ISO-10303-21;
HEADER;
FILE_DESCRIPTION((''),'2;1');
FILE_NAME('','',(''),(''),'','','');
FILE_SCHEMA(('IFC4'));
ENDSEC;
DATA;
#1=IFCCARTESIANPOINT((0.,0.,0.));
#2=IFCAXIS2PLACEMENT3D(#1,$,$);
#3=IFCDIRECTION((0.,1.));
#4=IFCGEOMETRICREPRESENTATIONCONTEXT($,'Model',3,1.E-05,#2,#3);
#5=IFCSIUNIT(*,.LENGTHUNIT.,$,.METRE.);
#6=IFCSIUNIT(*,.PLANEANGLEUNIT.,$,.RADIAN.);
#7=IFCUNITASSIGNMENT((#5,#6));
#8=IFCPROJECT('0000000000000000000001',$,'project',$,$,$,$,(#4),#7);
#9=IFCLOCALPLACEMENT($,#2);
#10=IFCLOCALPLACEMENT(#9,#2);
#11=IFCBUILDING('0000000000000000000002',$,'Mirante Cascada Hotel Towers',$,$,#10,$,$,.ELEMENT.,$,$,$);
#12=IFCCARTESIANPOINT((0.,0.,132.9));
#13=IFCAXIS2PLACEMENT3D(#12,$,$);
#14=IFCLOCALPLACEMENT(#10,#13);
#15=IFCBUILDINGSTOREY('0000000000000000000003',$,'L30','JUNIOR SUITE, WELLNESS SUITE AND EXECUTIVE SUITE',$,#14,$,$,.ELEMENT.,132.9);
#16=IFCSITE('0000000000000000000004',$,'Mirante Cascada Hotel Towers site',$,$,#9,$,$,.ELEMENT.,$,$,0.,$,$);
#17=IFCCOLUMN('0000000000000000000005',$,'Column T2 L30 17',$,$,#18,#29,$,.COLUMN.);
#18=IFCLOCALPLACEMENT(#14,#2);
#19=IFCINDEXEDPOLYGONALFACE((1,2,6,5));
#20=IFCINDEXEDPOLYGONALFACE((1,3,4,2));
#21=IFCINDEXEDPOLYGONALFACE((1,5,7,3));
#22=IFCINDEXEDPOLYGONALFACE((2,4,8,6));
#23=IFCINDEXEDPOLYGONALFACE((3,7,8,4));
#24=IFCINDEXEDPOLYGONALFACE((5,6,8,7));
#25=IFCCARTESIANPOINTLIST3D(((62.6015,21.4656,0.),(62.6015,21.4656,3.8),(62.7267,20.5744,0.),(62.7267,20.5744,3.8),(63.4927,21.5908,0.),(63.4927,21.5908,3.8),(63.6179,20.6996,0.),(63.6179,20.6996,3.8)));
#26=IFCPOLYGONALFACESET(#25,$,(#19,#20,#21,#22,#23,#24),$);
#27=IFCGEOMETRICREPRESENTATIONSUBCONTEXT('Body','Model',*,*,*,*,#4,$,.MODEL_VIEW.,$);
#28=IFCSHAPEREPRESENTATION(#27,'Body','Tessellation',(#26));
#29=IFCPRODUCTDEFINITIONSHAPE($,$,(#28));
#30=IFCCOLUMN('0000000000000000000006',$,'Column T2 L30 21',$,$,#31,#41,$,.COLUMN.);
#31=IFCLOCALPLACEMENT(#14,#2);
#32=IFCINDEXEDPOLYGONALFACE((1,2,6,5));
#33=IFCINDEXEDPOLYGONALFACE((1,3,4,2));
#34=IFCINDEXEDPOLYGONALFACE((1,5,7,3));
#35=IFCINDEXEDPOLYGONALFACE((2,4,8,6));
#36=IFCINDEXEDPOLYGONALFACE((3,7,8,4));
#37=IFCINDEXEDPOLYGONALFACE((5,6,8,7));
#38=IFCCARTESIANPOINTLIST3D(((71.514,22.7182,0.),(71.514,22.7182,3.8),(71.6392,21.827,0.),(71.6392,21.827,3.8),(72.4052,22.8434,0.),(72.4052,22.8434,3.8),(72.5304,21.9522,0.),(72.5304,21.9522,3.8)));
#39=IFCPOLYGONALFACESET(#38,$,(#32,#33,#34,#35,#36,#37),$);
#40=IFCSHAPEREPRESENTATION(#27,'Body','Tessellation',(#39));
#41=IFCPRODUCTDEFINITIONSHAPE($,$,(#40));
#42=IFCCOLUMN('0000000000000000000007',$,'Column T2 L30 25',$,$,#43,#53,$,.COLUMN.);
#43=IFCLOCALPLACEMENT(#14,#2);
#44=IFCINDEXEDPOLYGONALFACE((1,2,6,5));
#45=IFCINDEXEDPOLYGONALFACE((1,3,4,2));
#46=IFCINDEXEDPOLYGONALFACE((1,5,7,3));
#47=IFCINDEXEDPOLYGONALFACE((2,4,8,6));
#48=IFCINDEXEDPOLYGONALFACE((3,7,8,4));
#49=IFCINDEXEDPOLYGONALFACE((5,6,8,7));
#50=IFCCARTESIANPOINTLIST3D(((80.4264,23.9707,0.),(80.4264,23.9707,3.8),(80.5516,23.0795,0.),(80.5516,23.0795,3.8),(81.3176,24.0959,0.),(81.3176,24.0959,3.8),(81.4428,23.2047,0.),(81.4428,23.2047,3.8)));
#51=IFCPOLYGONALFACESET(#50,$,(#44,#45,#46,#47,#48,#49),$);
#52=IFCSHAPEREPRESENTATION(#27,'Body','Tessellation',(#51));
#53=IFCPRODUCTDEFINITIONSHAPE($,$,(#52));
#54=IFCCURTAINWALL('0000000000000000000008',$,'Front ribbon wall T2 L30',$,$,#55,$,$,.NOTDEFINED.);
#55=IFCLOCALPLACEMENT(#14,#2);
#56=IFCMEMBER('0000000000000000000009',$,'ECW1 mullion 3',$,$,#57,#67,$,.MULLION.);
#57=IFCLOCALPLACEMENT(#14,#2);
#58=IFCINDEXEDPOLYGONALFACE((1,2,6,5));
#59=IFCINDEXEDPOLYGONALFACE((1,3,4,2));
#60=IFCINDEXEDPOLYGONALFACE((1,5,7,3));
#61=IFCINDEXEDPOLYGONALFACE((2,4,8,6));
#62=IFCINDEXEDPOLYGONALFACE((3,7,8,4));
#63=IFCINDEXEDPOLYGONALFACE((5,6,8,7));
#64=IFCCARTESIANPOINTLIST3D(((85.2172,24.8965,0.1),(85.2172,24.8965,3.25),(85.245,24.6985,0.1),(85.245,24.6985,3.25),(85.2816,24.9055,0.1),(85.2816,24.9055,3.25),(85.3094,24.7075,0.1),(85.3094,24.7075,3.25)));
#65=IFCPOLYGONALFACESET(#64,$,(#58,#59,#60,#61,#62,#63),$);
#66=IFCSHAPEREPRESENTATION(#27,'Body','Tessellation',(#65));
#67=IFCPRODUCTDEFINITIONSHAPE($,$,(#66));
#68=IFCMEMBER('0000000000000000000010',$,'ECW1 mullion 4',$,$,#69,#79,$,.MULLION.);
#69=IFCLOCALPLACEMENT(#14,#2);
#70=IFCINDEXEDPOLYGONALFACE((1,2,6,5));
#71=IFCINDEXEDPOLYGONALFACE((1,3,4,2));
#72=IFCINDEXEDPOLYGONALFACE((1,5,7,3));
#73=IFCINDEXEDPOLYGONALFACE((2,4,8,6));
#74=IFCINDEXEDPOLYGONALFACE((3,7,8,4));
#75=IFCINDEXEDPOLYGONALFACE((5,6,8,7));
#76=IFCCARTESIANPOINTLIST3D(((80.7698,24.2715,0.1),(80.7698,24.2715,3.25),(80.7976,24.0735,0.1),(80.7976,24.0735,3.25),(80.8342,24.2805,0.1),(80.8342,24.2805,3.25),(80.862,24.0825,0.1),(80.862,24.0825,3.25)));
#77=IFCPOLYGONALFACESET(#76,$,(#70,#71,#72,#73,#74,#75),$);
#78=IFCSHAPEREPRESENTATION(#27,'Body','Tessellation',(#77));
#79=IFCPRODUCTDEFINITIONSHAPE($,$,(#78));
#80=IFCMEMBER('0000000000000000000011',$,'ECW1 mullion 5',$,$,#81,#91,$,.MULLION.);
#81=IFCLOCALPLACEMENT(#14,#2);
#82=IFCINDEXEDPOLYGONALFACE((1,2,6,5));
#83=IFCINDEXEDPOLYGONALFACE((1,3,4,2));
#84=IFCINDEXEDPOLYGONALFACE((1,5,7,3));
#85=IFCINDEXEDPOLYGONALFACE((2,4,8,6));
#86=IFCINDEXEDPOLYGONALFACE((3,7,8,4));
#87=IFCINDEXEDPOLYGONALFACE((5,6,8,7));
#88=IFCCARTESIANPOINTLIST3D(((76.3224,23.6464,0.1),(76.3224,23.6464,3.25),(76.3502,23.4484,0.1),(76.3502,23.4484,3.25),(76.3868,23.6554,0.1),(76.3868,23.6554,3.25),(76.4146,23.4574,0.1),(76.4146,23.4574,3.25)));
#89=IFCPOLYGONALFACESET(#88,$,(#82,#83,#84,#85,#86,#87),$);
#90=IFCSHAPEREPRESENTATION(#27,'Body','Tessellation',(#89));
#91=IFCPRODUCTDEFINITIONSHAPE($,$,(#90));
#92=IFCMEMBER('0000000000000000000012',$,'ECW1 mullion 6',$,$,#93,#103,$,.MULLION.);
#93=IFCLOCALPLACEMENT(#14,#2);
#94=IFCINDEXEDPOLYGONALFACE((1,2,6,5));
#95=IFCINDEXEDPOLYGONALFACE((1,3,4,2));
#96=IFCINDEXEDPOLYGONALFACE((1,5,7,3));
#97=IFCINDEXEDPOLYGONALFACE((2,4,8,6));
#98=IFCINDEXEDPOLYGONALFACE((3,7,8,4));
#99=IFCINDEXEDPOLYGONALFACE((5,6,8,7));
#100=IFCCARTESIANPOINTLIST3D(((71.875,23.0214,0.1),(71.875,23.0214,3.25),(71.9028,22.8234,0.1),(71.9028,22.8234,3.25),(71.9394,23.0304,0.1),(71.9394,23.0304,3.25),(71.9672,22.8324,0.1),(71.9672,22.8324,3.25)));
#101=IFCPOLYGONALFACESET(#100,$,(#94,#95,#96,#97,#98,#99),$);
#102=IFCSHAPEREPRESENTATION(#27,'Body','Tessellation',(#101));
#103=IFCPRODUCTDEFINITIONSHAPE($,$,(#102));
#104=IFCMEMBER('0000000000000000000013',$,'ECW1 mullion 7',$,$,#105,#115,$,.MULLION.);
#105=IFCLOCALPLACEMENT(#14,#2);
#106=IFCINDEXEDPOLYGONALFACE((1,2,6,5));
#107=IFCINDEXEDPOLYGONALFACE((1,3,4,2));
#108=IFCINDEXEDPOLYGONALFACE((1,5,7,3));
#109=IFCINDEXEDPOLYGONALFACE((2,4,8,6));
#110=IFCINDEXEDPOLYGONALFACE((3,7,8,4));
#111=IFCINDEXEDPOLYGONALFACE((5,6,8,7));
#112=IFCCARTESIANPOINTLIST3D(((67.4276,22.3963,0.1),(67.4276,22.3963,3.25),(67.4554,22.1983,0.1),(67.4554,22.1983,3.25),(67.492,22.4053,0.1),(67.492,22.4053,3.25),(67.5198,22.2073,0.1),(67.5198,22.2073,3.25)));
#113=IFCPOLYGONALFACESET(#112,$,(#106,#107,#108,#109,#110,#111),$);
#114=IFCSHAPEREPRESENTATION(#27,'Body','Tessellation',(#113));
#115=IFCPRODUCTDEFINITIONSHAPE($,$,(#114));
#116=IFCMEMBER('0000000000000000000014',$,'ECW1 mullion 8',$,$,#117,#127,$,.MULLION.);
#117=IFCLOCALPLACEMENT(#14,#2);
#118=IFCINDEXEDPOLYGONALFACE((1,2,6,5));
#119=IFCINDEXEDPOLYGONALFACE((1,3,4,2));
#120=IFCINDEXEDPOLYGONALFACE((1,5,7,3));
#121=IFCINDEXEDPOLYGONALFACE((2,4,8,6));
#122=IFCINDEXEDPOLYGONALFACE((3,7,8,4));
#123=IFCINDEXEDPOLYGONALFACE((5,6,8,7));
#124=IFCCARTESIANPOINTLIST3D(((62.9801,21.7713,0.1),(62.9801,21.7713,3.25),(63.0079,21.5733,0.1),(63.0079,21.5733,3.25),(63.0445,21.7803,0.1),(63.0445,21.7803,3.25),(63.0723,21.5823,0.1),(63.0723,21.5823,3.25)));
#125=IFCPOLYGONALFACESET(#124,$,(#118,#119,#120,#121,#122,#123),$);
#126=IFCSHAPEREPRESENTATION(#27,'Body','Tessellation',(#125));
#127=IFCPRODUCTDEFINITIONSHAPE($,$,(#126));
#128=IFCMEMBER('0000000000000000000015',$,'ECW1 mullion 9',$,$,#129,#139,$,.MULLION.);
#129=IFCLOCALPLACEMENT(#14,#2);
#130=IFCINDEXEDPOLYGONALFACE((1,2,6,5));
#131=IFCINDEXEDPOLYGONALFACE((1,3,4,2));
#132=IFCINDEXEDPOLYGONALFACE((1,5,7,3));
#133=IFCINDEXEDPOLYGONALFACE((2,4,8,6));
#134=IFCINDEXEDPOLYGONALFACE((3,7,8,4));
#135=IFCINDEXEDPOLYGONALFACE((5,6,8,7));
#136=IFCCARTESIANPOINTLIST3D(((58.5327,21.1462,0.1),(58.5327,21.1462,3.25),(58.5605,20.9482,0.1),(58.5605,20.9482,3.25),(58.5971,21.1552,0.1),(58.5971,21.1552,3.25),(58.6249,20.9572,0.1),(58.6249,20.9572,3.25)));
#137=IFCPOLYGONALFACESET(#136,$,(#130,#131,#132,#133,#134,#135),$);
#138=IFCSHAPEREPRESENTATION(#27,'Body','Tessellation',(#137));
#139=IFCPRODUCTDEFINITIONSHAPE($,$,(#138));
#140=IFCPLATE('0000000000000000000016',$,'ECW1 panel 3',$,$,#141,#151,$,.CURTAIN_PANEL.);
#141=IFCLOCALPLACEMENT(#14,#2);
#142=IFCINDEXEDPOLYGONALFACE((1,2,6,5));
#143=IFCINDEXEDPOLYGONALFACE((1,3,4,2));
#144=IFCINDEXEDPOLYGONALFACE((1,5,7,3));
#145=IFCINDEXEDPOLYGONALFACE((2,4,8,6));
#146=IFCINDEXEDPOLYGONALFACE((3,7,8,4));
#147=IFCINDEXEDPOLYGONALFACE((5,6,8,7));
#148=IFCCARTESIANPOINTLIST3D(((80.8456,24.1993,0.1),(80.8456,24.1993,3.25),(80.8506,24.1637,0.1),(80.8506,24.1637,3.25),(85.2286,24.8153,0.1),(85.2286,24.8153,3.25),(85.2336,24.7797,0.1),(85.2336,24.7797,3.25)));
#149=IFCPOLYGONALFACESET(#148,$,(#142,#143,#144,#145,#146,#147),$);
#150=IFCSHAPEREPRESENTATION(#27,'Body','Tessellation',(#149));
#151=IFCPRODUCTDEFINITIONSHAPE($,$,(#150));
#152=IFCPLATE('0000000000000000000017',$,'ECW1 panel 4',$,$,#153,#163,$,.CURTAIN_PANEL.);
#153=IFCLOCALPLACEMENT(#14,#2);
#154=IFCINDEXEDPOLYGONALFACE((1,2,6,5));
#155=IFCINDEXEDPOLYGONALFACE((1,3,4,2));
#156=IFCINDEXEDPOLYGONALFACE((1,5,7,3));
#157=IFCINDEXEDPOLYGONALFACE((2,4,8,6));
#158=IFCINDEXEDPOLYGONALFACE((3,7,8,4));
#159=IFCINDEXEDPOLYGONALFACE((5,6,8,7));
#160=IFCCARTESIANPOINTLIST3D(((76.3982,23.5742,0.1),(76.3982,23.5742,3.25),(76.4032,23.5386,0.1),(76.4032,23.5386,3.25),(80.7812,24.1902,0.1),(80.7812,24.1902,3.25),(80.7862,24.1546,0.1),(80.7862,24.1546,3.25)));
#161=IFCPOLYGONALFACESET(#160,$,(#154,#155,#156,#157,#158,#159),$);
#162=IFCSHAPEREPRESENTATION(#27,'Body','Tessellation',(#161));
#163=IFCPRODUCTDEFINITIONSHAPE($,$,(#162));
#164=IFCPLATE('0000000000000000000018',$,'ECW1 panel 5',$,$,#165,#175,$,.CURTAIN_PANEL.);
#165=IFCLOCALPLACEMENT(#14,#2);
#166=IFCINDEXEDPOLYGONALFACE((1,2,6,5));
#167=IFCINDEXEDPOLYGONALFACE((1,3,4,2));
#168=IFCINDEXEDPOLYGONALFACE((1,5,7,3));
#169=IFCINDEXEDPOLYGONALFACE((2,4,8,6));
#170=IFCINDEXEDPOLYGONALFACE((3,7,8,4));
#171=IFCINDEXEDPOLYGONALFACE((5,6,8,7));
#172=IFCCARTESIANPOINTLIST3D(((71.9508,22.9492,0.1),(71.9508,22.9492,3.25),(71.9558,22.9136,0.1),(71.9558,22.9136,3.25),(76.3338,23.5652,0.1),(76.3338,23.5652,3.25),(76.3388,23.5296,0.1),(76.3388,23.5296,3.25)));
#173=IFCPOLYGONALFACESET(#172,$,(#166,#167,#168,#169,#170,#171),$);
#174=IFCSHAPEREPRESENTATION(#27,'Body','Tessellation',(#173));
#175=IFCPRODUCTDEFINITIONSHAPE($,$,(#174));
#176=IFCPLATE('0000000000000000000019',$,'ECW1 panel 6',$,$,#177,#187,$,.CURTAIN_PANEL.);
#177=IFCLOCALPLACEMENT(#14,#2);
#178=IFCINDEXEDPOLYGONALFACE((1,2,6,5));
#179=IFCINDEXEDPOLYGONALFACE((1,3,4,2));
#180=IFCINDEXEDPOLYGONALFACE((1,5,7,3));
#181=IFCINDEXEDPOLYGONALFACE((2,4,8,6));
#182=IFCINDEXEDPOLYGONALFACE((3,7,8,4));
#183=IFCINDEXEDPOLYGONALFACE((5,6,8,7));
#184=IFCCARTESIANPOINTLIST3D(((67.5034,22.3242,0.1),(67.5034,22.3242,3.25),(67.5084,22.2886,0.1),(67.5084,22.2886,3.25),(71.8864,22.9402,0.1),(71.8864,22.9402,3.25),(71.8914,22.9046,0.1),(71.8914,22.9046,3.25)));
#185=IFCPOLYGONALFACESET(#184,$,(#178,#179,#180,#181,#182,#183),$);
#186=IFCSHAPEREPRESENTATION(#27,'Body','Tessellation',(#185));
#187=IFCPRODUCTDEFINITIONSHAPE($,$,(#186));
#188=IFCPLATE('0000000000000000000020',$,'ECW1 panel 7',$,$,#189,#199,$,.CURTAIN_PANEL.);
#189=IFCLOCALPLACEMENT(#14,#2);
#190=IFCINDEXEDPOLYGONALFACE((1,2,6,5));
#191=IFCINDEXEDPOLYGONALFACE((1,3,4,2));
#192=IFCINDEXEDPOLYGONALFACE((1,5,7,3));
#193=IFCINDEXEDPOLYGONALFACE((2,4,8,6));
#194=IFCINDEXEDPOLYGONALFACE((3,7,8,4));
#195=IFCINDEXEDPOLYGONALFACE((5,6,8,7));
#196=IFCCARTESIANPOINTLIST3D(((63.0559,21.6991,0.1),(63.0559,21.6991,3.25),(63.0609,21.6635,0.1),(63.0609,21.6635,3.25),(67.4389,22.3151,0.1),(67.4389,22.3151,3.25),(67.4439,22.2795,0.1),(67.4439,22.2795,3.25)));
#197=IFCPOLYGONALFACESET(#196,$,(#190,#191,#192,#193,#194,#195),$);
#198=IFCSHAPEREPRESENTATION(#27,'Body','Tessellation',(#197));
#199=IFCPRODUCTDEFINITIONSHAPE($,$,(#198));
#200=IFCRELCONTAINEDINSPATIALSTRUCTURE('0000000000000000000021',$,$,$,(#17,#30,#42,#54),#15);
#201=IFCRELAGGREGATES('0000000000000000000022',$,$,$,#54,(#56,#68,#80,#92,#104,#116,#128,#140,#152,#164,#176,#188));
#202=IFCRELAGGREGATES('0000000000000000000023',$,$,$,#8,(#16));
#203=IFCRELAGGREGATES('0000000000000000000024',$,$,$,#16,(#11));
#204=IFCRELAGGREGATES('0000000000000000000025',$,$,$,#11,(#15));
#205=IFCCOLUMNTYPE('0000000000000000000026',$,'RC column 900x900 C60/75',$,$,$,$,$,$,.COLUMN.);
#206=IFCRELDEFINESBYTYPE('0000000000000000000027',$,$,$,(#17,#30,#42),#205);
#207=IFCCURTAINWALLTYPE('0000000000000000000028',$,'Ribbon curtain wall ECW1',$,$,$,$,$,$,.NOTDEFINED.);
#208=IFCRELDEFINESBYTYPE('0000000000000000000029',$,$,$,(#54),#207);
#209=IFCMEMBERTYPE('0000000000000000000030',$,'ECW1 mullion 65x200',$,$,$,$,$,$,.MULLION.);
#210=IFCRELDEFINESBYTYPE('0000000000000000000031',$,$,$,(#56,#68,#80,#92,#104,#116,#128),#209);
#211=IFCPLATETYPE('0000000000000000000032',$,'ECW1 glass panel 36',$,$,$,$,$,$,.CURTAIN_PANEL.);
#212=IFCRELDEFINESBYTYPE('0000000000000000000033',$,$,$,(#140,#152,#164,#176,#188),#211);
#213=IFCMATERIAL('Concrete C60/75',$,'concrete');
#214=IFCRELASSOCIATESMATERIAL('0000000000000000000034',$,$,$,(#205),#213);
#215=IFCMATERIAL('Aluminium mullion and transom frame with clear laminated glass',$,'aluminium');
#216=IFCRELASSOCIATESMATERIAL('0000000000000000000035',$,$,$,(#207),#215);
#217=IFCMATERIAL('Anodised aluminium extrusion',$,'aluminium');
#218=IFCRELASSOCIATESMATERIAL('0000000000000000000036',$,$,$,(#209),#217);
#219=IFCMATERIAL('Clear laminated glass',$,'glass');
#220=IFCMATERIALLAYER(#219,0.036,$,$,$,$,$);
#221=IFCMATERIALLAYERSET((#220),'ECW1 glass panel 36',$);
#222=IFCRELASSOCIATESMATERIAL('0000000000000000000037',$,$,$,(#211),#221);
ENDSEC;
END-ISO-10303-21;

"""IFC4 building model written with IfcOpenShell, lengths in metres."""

from ifc_helpers import new_model, si_unit, direction, frame, origin, origin_2d, place, context, subcontext, project, spatial, rectangle, extrude, material, layer, layer_set, material_profile, profile_set, type_object, element, aggregate, save


model = new_model("IFC4")

# Units and contexts
model_context = context("Model", 3, precision=1e-05, world=origin(), true_north=direction((0.0, 1.0)))
body_context = subcontext(model_context, "Body", "Model", "MODEL_VIEW")
ifc_project = project(units=[si_unit("LENGTHUNIT", "METRE"), si_unit("PLANEANGLEUNIT", "RADIAN")], contexts=[model_context])

# Site, building, storey
site_placement = place(None, origin())
site = spatial("IfcSite", under=ifc_project, at=site_placement, Name="Mirante Cascada Hotel Towers site", CompositionType="ELEMENT", RefElevation=0.0)
building_placement = place(site_placement, origin())
building = spatial("IfcBuilding", under=site, at=building_placement, Name="Mirante Cascada Hotel Towers", CompositionType="ELEMENT")
storey_placement = place(building_placement, frame((0.0, 0.0, 132.9)))
storey = spatial("IfcBuildingStorey", under=building, at=storey_placement, Name="L30", Description="JUNIOR SUITE, WELLNESS SUITE AND EXECUTIVE SUITE", CompositionType="ELEMENT", Elevation=132.9)

# Columns
ifc_material_1 = material(Name="Concrete C60/75", Category="concrete")
ifc_material_profile_1 = material_profile(ifc_material_1, rectangle(XDim=0.9, YDim=0.9, at=origin_2d()), Name="RC column 900x900 C60/75")
ifc_profile_set_1 = profile_set([ifc_material_profile_1], Name="Concrete C60/75")
column_type = type_object("IfcColumnType", Name="RC column 900x900 C60/75", PredefinedType="COLUMN", material=ifc_profile_set_1)
for number, where, z_axis, x_axis, name in (
    (1, (63.1097, 21.0826, 0.0), (0.0, 0.0, 1.0), (0.990268, 0.139173, 0.0), "Column T2 L30 17"),
    (2, (72.0222, 22.3352, 0.0), (0.0, 0.0, 1.0), (0.990268, 0.139173, 0.0), "Column T2 L30 21"),
    (3, (80.9346, 23.5877, 0.0), (0.0, 0.0, 1.0), (0.990268, 0.139173, 0.0), "Column T2 L30 25"),
):
    element("IfcColumn", number, at=place(storey_placement, frame(where, z_axis=z_axis, x_axis=x_axis)), inside=storey, type_object=column_type, Name=name, PredefinedType="COLUMN", context=body_context, shape_type="SweptSolid", body=[
        extrude(rectangle(XDim=0.9, YDim=0.9, at=origin_2d()), origin(), (0.0, 0.0, 1.0), 3.8),
    ])

# Curtain wall, members, plates
ifc_material_2 = material(Name="Aluminium mullion and transom frame with clear laminated glass", Category="aluminium")
curtain_wall_type = type_object("IfcCurtainWallType", Name="Ribbon curtain wall ECW1", PredefinedType="NOTDEFINED", material=ifc_material_2)
curtain_wall_placement = place(storey_placement, origin())
curtain_wall = element("IfcCurtainWall", 4, at=curtain_wall_placement, inside=storey, type_object=curtain_wall_type, Name="Front ribbon wall T2 L30", PredefinedType="NOTDEFINED")
ifc_material_3 = material(Name="Anodised aluminium extrusion", Category="aluminium")
ifc_material_profile_2 = material_profile(ifc_material_3, rectangle(XDim=0.2, YDim=0.065, at=origin_2d()), Name="ECW1 MULLION 65x200")
ifc_profile_set_2 = profile_set([ifc_material_profile_2], Name="Anodised aluminium extrusion")
member_type = type_object("IfcMemberType", Name="ECW1 mullion 65x200", PredefinedType="MULLION", material=ifc_profile_set_2)
member_1_placement = place(storey_placement, frame((85.2633, 24.802, 0.1), z_axis=(0.0, 0.0, 1.0), x_axis=(0.139173, -0.990268, 0.0)))
member_1 = element("IfcMember", 5, at=member_1_placement, type_object=member_type, Name="ECW1 mullion 3", PredefinedType="MULLION", context=body_context, shape_type="SweptSolid", body=[
    extrude(rectangle(XDim=0.2, YDim=0.065, at=origin_2d()), origin(), (0.0, 0.0, 1.0), 3.15),
])
member_2_placement = place(storey_placement, frame((80.8159, 24.177, 0.1), z_axis=(0.0, 0.0, 1.0), x_axis=(0.139173, -0.990268, 0.0)))
member_2 = element("IfcMember", 6, at=member_2_placement, type_object=member_type, Name="ECW1 mullion 4", PredefinedType="MULLION", context=body_context, shape_type="SweptSolid", body=[
    extrude(rectangle(XDim=0.2, YDim=0.065, at=origin_2d()), origin(), (0.0, 0.0, 1.0), 3.15),
])
member_3_placement = place(storey_placement, frame((76.3685, 23.5519, 0.1), z_axis=(0.0, 0.0, 1.0), x_axis=(0.139173, -0.990268, 0.0)))
member_3 = element("IfcMember", 7, at=member_3_placement, type_object=member_type, Name="ECW1 mullion 5", PredefinedType="MULLION", context=body_context, shape_type="SweptSolid", body=[
    extrude(rectangle(XDim=0.2, YDim=0.065, at=origin_2d()), origin(), (0.0, 0.0, 1.0), 3.15),
])
member_4_placement = place(storey_placement, frame((71.9211, 22.9269, 0.1), z_axis=(0.0, 0.0, 1.0), x_axis=(0.139173, -0.990268, 0.0)))
member_4 = element("IfcMember", 8, at=member_4_placement, type_object=member_type, Name="ECW1 mullion 6", PredefinedType="MULLION", context=body_context, shape_type="SweptSolid", body=[
    extrude(rectangle(XDim=0.2, YDim=0.065, at=origin_2d()), origin(), (0.0, 0.0, 1.0), 3.15),
])
member_5_placement = place(storey_placement, frame((67.4737, 22.3018, 0.1), z_axis=(0.0, 0.0, 1.0), x_axis=(0.139173, -0.990268, 0.0)))
member_5 = element("IfcMember", 9, at=member_5_placement, type_object=member_type, Name="ECW1 mullion 7", PredefinedType="MULLION", context=body_context, shape_type="SweptSolid", body=[
    extrude(rectangle(XDim=0.2, YDim=0.065, at=origin_2d()), origin(), (0.0, 0.0, 1.0), 3.15),
])
member_6_placement = place(storey_placement, frame((63.0262, 21.6768, 0.1), z_axis=(0.0, 0.0, 1.0), x_axis=(0.139173, -0.990268, 0.0)))
member_6 = element("IfcMember", 10, at=member_6_placement, type_object=member_type, Name="ECW1 mullion 8", PredefinedType="MULLION", context=body_context, shape_type="SweptSolid", body=[
    extrude(rectangle(XDim=0.2, YDim=0.065, at=origin_2d()), origin(), (0.0, 0.0, 1.0), 3.15),
])
member_7_placement = place(storey_placement, frame((58.5788, 21.0517, 0.1), z_axis=(0.0, 0.0, 1.0), x_axis=(0.139173, -0.990268, 0.0)))
member_7 = element("IfcMember", 11, at=member_7_placement, type_object=member_type, Name="ECW1 mullion 9", PredefinedType="MULLION", context=body_context, shape_type="SweptSolid", body=[
    extrude(rectangle(XDim=0.2, YDim=0.065, at=origin_2d()), origin(), (0.0, 0.0, 1.0), 3.15),
])
ifc_material_4 = material(Name="Clear laminated glass", Category="glass")
ifc_layer_1 = layer(ifc_material_4, 0.036)
ifc_layer_set_1 = layer_set([ifc_layer_1], Name="ECW1 glass panel 36")
plate_type = type_object("IfcPlateType", Name="ECW1 glass panel 36", PredefinedType="CURTAIN_PANEL", material=ifc_layer_set_1)
plate_1_placement = place(storey_placement, frame((83.0396, 24.4895, 0.1), z_axis=(0.0, 0.0, 1.0), x_axis=(-0.990268, -0.139173, 0.0)))
plate_1 = element("IfcPlate", 12, at=plate_1_placement, type_object=plate_type, Name="ECW1 panel 3", PredefinedType="CURTAIN_PANEL", context=body_context, shape_type="SweptSolid", body=[
    extrude(rectangle(XDim=4.4261, YDim=0.036, at=origin_2d()), origin(), (0.0, 0.0, 1.0), 3.15),
])
plate_2_placement = place(storey_placement, frame((78.5922, 23.8644, 0.1), z_axis=(0.0, 0.0, 1.0), x_axis=(-0.990268, -0.139173, 0.0)))
plate_2 = element("IfcPlate", 13, at=plate_2_placement, type_object=plate_type, Name="ECW1 panel 4", PredefinedType="CURTAIN_PANEL", context=body_context, shape_type="SweptSolid", body=[
    extrude(rectangle(XDim=4.4261, YDim=0.036, at=origin_2d()), origin(), (0.0, 0.0, 1.0), 3.15),
])
plate_3_placement = place(storey_placement, frame((74.1448, 23.2394, 0.1), z_axis=(0.0, 0.0, 1.0), x_axis=(-0.990268, -0.139173, 0.0)))
plate_3 = element("IfcPlate", 14, at=plate_3_placement, type_object=plate_type, Name="ECW1 panel 5", PredefinedType="CURTAIN_PANEL", context=body_context, shape_type="SweptSolid", body=[
    extrude(rectangle(XDim=4.4261, YDim=0.036, at=origin_2d()), origin(), (0.0, 0.0, 1.0), 3.15),
])
plate_4_placement = place(storey_placement, frame((69.6974, 22.6144, 0.1), z_axis=(0.0, 0.0, 1.0), x_axis=(-0.990268, -0.139173, 0.0)))
plate_4 = element("IfcPlate", 15, at=plate_4_placement, type_object=plate_type, Name="ECW1 panel 6", PredefinedType="CURTAIN_PANEL", context=body_context, shape_type="SweptSolid", body=[
    extrude(rectangle(XDim=4.4261, YDim=0.036, at=origin_2d()), origin(), (0.0, 0.0, 1.0), 3.15),
])
plate_5_placement = place(storey_placement, frame((65.2499, 21.9893, 0.1), z_axis=(0.0, 0.0, 1.0), x_axis=(-0.990268, -0.139173, 0.0)))
plate_5 = element("IfcPlate", 16, at=plate_5_placement, type_object=plate_type, Name="ECW1 panel 7", PredefinedType="CURTAIN_PANEL", context=body_context, shape_type="SweptSolid", body=[
    extrude(rectangle(XDim=4.4261, YDim=0.036, at=origin_2d()), origin(), (0.0, 0.0, 1.0), 3.15),
])
aggregate(curtain_wall, [member_1, member_2, member_3, member_4, member_5, member_6, member_7, plate_1, plate_2, plate_3, plate_4, plate_5])

save(model, "model.ifc")
